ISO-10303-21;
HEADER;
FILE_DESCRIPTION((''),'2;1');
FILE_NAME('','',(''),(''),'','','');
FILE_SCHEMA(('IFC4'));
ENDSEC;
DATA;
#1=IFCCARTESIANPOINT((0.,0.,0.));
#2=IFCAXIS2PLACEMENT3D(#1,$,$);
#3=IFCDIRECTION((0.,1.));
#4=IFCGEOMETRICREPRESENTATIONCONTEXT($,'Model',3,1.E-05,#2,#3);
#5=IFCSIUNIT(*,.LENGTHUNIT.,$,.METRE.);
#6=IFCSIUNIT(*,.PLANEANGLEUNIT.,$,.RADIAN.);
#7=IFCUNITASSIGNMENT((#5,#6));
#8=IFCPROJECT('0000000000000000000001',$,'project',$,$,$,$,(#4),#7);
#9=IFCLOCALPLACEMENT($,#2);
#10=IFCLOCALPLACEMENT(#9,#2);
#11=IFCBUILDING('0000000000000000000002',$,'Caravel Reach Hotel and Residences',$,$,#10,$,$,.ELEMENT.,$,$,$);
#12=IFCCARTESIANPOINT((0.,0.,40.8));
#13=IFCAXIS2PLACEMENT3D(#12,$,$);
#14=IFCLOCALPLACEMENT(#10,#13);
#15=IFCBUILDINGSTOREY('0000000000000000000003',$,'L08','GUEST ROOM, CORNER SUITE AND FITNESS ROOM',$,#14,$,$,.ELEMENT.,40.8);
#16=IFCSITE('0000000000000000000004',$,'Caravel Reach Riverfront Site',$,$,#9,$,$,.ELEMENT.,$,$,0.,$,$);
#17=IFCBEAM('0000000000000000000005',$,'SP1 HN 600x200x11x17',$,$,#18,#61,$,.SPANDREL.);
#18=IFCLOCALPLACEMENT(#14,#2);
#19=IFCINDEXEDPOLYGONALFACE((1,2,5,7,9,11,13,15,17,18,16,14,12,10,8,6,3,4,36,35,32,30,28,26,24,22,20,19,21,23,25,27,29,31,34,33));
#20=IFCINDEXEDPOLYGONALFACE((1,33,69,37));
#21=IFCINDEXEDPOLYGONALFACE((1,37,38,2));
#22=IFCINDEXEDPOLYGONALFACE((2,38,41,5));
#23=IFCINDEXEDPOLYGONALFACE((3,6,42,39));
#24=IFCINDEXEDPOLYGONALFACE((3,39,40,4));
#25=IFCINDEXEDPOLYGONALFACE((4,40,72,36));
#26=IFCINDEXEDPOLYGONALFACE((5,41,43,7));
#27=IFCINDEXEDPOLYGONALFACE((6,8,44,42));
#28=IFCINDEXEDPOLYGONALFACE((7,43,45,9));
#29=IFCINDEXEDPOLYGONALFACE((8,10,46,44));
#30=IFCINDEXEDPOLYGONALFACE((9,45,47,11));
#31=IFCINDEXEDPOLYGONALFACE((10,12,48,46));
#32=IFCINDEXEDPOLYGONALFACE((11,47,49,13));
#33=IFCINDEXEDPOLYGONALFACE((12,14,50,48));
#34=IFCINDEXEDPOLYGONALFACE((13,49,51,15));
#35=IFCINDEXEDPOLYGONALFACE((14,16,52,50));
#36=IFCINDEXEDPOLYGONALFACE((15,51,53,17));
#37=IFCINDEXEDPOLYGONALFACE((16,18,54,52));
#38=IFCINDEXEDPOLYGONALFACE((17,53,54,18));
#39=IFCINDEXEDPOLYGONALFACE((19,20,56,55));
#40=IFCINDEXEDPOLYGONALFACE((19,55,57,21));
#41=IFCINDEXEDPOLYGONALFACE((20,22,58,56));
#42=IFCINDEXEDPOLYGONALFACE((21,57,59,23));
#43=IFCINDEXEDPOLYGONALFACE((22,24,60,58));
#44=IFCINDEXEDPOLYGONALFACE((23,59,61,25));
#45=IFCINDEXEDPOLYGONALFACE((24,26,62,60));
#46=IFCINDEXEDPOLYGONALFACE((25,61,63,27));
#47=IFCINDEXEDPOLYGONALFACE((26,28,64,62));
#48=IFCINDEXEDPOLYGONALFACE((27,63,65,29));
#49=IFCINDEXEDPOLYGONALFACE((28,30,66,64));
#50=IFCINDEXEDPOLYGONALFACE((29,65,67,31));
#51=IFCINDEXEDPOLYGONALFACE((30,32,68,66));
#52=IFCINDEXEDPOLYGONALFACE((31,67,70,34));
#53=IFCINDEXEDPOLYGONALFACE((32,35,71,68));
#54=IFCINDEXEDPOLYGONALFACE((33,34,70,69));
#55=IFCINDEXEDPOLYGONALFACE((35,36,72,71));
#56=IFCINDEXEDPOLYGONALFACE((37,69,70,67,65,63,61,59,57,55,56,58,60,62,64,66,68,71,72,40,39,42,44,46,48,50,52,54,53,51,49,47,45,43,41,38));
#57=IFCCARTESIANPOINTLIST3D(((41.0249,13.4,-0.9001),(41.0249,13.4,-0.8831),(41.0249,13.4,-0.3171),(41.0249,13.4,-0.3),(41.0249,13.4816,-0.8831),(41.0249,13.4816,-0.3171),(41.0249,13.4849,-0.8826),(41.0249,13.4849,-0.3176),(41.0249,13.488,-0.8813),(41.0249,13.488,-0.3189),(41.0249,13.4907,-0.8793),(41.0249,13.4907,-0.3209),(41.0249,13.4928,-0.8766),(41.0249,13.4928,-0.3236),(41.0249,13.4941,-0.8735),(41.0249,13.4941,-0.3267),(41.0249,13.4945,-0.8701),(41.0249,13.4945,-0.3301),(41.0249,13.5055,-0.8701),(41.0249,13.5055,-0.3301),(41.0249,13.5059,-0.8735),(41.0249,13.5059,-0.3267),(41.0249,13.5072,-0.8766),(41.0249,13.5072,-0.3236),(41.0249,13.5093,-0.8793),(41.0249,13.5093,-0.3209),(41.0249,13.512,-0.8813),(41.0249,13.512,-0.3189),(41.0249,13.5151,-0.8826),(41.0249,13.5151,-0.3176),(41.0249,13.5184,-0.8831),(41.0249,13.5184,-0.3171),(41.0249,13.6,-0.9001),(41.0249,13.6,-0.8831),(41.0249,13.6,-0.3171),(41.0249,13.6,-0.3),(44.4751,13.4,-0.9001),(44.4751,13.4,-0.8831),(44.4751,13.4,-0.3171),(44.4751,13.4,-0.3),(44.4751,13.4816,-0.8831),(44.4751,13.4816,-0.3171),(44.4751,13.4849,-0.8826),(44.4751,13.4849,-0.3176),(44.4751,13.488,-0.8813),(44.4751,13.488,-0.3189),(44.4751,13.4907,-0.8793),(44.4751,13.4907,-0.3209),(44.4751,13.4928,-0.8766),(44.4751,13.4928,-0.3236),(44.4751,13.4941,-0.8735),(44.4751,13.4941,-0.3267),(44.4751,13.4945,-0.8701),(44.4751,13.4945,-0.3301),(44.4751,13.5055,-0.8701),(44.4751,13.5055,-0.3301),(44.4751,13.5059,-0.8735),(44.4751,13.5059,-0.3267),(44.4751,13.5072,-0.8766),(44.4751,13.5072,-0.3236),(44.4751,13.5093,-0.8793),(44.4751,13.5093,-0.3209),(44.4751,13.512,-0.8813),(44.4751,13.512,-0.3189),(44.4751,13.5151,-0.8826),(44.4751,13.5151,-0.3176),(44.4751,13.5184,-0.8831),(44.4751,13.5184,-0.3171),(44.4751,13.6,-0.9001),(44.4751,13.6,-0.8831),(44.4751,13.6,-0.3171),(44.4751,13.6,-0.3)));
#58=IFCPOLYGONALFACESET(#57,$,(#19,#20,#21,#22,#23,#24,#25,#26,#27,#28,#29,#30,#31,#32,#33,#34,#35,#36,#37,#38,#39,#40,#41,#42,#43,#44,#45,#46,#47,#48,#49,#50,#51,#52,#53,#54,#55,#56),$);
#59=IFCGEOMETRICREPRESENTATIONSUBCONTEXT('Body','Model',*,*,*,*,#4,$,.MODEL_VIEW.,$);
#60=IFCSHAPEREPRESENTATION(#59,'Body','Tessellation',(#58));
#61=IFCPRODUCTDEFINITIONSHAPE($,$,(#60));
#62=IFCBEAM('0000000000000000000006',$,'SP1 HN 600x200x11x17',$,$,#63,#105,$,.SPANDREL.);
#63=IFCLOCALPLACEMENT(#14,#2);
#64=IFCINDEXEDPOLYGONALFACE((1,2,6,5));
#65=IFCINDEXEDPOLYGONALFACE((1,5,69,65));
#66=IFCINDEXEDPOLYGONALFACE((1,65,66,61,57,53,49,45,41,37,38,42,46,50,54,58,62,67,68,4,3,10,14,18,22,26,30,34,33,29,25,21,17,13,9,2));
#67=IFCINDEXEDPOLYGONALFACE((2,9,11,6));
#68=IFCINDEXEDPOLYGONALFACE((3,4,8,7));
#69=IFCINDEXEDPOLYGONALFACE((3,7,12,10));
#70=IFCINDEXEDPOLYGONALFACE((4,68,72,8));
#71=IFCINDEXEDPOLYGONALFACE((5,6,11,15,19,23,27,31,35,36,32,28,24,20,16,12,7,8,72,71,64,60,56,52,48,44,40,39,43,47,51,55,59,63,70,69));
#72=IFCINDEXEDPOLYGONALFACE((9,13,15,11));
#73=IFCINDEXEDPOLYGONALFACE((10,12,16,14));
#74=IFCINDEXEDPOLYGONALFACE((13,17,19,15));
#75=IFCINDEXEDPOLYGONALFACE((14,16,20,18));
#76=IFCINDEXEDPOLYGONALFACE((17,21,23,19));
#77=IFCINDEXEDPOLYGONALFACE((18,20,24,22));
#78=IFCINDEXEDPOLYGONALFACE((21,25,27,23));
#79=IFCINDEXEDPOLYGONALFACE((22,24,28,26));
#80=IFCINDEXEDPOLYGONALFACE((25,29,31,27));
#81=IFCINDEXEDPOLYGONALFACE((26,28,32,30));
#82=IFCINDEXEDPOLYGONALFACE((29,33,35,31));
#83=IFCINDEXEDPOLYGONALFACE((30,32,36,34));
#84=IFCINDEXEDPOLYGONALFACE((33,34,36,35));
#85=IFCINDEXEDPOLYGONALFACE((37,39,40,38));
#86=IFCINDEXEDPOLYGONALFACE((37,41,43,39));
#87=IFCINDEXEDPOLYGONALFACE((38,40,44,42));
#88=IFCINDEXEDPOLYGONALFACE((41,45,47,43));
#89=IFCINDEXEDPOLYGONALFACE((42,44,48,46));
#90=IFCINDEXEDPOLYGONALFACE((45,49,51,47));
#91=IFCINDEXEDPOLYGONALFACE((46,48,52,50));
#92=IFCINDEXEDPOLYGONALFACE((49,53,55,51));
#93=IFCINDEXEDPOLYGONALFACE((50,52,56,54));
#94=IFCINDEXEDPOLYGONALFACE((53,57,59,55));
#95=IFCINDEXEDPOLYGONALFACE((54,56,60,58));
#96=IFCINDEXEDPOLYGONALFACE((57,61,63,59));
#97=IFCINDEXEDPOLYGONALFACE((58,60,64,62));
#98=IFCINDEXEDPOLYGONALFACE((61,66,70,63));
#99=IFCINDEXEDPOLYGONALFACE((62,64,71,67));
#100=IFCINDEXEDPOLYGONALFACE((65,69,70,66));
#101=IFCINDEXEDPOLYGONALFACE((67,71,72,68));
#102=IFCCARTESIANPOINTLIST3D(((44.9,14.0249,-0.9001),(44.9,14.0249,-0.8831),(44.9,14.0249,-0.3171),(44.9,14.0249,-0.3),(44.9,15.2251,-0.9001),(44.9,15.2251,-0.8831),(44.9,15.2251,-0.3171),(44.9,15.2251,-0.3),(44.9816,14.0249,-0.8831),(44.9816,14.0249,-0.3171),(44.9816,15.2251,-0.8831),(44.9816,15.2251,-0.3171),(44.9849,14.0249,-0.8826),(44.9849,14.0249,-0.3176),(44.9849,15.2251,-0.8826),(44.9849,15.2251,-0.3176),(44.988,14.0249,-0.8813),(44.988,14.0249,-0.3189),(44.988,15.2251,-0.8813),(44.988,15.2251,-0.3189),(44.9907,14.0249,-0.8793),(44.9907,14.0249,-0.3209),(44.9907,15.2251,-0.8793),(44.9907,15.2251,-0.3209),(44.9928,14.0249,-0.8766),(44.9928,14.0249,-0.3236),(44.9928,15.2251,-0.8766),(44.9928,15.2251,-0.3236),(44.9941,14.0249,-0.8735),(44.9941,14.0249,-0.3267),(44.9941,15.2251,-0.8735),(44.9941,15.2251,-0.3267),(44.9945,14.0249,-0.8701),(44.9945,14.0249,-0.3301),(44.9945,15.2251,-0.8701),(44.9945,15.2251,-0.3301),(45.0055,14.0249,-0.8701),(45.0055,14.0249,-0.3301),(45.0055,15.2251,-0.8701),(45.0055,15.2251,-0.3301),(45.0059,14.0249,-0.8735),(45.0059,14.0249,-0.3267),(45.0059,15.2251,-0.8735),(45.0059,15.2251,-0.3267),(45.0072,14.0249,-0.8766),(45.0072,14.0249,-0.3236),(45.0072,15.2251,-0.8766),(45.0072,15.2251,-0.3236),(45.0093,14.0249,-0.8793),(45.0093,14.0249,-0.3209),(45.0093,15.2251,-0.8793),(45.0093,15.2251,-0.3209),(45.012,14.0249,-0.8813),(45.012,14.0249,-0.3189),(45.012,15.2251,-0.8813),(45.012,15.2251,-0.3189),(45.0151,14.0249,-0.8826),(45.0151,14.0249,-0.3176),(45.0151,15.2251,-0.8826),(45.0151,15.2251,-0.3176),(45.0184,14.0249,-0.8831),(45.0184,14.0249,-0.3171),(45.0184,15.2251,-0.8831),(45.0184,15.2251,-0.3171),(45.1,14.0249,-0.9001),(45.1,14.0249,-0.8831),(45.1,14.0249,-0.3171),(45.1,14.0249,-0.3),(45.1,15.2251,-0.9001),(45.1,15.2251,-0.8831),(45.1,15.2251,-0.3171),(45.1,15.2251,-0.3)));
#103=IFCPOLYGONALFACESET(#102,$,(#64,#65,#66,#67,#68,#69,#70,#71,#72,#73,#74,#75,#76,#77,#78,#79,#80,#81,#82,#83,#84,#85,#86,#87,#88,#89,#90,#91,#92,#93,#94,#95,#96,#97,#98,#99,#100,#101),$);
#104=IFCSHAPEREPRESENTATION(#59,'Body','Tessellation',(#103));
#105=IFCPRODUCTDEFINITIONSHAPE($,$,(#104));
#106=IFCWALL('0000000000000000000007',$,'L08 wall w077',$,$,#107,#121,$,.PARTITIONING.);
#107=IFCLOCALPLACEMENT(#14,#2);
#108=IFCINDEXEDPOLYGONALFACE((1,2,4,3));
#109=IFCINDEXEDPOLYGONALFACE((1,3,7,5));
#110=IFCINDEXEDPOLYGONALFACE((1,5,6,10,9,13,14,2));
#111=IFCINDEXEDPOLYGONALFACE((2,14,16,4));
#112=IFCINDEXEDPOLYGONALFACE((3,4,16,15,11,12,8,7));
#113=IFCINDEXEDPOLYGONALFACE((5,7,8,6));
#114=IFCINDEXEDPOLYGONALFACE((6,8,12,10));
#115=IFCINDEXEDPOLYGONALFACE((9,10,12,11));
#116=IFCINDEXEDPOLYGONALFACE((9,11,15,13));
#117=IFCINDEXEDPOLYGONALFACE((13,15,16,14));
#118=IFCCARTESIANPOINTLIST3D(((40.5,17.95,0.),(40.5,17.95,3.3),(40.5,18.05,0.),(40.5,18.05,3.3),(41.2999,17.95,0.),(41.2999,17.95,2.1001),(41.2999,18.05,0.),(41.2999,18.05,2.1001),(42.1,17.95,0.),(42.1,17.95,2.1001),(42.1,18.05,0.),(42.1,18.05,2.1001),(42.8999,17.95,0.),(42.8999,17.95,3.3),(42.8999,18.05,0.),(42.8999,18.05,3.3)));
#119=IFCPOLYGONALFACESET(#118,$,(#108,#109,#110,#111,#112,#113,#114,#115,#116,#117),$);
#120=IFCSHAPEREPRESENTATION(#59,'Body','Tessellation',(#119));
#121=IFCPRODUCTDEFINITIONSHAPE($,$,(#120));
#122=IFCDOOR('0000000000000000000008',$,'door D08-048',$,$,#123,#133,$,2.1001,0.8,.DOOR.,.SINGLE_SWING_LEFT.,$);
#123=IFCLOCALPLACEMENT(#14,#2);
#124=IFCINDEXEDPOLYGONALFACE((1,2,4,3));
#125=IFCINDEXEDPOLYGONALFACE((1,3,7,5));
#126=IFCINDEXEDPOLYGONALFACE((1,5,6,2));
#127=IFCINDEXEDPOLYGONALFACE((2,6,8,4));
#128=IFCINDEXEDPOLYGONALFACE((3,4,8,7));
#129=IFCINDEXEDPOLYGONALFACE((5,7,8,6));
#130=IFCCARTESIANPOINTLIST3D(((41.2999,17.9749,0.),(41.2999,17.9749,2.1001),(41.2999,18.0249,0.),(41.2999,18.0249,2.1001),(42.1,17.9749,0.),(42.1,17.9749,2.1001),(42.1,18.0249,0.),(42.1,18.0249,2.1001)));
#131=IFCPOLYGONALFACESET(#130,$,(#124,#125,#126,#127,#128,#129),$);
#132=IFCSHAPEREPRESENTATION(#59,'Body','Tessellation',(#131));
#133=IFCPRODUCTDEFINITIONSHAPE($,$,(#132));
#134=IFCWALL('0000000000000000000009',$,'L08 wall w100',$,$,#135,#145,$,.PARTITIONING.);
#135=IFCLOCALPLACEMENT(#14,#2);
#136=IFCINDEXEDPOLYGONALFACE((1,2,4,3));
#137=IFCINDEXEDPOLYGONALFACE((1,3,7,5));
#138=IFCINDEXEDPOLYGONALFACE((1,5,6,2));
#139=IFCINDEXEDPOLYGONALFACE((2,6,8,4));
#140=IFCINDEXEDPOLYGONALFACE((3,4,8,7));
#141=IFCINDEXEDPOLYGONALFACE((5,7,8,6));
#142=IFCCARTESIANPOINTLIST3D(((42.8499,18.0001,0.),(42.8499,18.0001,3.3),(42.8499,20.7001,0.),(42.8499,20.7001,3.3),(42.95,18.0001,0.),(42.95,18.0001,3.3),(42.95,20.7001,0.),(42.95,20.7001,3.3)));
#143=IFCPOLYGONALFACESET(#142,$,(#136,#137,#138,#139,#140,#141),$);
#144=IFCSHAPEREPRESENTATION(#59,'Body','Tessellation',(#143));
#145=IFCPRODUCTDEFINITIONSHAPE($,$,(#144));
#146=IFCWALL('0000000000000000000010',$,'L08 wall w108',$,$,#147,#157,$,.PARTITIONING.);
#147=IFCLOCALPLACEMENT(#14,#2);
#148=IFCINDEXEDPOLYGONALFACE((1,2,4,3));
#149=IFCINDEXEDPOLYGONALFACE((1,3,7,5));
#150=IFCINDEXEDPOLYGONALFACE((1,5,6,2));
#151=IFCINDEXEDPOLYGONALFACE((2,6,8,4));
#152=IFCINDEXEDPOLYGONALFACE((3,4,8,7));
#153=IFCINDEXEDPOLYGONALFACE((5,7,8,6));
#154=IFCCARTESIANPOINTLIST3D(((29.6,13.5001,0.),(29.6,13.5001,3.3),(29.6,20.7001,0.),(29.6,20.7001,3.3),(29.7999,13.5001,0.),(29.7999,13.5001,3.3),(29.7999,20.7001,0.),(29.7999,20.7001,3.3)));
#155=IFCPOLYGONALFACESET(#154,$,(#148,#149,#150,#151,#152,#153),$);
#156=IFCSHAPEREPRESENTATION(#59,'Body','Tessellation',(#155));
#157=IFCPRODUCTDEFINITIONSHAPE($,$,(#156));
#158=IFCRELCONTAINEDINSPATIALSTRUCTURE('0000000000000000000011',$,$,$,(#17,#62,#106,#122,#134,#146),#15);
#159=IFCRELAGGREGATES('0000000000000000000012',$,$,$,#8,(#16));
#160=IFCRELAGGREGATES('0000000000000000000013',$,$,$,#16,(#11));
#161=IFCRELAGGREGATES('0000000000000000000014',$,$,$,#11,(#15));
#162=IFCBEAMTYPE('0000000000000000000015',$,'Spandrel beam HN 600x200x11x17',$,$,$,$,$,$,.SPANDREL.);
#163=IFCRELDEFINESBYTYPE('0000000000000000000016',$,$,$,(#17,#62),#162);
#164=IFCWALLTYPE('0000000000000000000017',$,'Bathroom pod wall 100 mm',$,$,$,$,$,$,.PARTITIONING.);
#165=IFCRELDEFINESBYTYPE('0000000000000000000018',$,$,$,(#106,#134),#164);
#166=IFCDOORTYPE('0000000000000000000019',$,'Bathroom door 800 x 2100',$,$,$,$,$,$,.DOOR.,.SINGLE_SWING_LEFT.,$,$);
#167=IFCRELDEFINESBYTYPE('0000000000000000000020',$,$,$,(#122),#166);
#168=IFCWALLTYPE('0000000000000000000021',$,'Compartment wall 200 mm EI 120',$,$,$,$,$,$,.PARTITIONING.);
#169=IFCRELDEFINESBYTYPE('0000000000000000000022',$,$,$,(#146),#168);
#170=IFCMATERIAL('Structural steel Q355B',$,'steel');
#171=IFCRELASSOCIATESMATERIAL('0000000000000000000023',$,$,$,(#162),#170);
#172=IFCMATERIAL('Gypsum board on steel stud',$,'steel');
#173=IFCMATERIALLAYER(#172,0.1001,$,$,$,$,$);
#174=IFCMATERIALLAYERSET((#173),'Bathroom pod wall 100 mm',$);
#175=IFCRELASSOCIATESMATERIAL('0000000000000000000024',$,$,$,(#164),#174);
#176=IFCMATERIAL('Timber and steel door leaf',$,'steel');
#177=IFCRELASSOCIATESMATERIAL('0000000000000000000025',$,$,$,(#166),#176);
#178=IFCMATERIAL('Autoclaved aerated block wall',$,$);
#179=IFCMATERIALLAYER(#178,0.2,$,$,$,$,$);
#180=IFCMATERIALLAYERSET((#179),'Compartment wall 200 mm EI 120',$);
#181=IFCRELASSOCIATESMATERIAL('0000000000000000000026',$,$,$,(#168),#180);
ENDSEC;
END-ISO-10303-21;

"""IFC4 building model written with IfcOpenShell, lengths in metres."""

from ifc_helpers import new_model, si_unit, direction, frame, frame_2d, origin, origin_2d, place, context, subcontext, project, spatial, rectangle, i_section, extrude, material, layer, layer_set, material_profile, profile_set, type_object, element, fill, save


model = new_model("IFC4")

# Units and contexts
model_context = context("Model", 3, precision=1e-05, world=origin(), true_north=direction((0.0, 1.0)))
body_context = subcontext(model_context, "Body", "Model", "MODEL_VIEW")
ifc_project = project(units=[si_unit("LENGTHUNIT", "METRE"), si_unit("PLANEANGLEUNIT", "RADIAN")], contexts=[model_context])

# Site, building, storey
site_placement = place(None, origin())
site = spatial("IfcSite", under=ifc_project, at=site_placement, Name="Caravel Reach Riverfront Site", CompositionType="ELEMENT", RefElevation=0.0)
building_placement = place(site_placement, origin())
building = spatial("IfcBuilding", under=site, at=building_placement, Name="Caravel Reach Hotel and Residences", CompositionType="ELEMENT")
storey_placement = place(building_placement, frame((0.0, 0.0, 40.8)))
storey = spatial("IfcBuildingStorey", under=building, at=storey_placement, Name="L08", Description="GUEST ROOM, CORNER SUITE AND FITNESS ROOM", CompositionType="ELEMENT", Elevation=40.8)

# Beams
ifc_material_1 = material(Name="Structural steel Q355B", Category="steel")
ifc_material_profile_1 = material_profile(ifc_material_1, i_section(OverallWidth=0.2, OverallDepth=0.6001, WebThickness=0.011, FlangeThickness=0.0171, FilletRadius=0.0129, at=origin_2d()), Name="HN 600x200x11x17")
ifc_profile_set_1 = profile_set([ifc_material_profile_1], Name="Structural steel Q355B")
beam_type_1 = type_object("IfcBeamType", Name="Spandrel beam HN 600x200x11x17", PredefinedType="SPANDREL", material=ifc_profile_set_1)
beam_1_placement = place(storey_placement, frame((41.0249, 13.5, -0.6001), z_axis=(1.0, 0.0, 0.0), x_axis=(0.0, 1.0, 0.0)))
element("IfcBeam", 1, at=beam_1_placement, inside=storey, type_object=beam_type_1, Name="SP1 HN 600x200x11x17", PredefinedType="SPANDREL", context=body_context, shape_type="SweptSolid", body=[
    extrude(i_section(OverallWidth=0.2, OverallDepth=0.6001, WebThickness=0.011, FlangeThickness=0.0171, FilletRadius=0.0129, at=origin_2d()), origin(), (0.0, 0.0, 1.0), 3.4502),
])
beam_2_placement = place(storey_placement, frame((45.0, 14.0249, -0.6001), z_axis=(0.0, 1.0, 0.0), x_axis=(-1.0, 0.0, 0.0)))
element("IfcBeam", 2, at=beam_2_placement, inside=storey, type_object=beam_type_1, Name="SP1 HN 600x200x11x17", PredefinedType="SPANDREL", context=body_context, shape_type="SweptSolid", body=[
    extrude(i_section(OverallWidth=0.2, OverallDepth=0.6001, WebThickness=0.011, FlangeThickness=0.0171, FilletRadius=0.0129, at=origin_2d()), origin(), (0.0, 0.0, 1.0), 1.2002),
])

# Wall, opening, door
ifc_material_2 = material(Name="Gypsum board on steel stud", Category="steel")
ifc_layer_1 = layer(ifc_material_2, 0.1001)
ifc_layer_set_1 = layer_set([ifc_layer_1], Name="Bathroom pod wall 100 mm")
wall_type_1 = type_object("IfcWallType", Name="Bathroom pod wall 100 mm", PredefinedType="PARTITIONING", material=ifc_layer_set_1)
wall_1_placement = place(storey_placement, frame((40.5, 18.0, 0.0), z_axis=(0.0, 0.0, 1.0), x_axis=(1.0, 0.0, 0.0)))
wall_1 = element("IfcWall", 3, at=wall_1_placement, inside=storey, type_object=wall_type_1, Name="L08 wall w077", PredefinedType="PARTITIONING", context=body_context, shape_type="SweptSolid", body=[
    extrude(rectangle(XDim=2.3999, YDim=0.1001, at=frame_2d((1.2, 0.0))), origin(), (0.0, 0.0, 1.0), 3.3),
])
opening_1_placement = place(wall_1_placement, frame((0.8, 0.0, 0.0)))
opening_1 = element("IfcOpeningElement", 4, at=opening_1_placement, cuts=wall_1, PredefinedType="OPENING", context=body_context, shape_type="SweptSolid", body=[
    extrude(rectangle(XDim=0.8, YDim=2.1001, at=frame_2d((0.3999, 1.05))), frame((0.0, 0.0601, 0.0), z_axis=(0.0, -1.0, 0.0), x_axis=(1.0, 0.0, 0.0)), (0.0, 0.0, 1.0), 0.1201),
])
ifc_material_3 = material(Name="Timber and steel door leaf", Category="steel")
door_type_1 = type_object("IfcDoorType", Name="Bathroom door 800 x 2100", OperationType="SINGLE_SWING_LEFT", PredefinedType="DOOR", material=ifc_material_3)
door_1_placement = place(opening_1_placement, origin())
door_1 = element("IfcDoor", 5, at=door_1_placement, inside=storey, type_object=door_type_1, Name="door D08-048", OperationType="SINGLE_SWING_LEFT", OverallHeight=2.1001, OverallWidth=0.8, PredefinedType="DOOR", context=body_context, shape_type="SweptSolid", body=[
    extrude(rectangle(XDim=0.8, YDim=2.1001, at=frame_2d((0.3999, 1.05))), frame((0.0, 0.0249, 0.0), z_axis=(0.0, -1.0, 0.0), x_axis=(1.0, 0.0, 0.0)), (0.0, 0.0, 1.0), 0.05),
])
fill(opening_1, door_1)

# Walls
wall_2_placement = place(storey_placement, frame((42.8999, 18.0, 0.0), z_axis=(0.0, 0.0, 1.0), x_axis=(0.0, 1.0, 0.0)))
element("IfcWall", 6, at=wall_2_placement, inside=storey, type_object=wall_type_1, Name="L08 wall w100", PredefinedType="PARTITIONING", context=body_context, shape_type="SweptSolid", body=[
    extrude(rectangle(XDim=2.7, YDim=0.1001, at=frame_2d((1.3501, 0.0))), origin(), (0.0, 0.0, 1.0), 3.3),
])
ifc_material_4 = material(Name="Autoclaved aerated block wall")
ifc_layer_2 = layer(ifc_material_4, 0.2)
ifc_layer_set_2 = layer_set([ifc_layer_2], Name="Compartment wall 200 mm EI 120")
wall_type_2 = type_object("IfcWallType", Name="Compartment wall 200 mm EI 120", PredefinedType="PARTITIONING", material=ifc_layer_set_2)
wall_3_placement = place(storey_placement, frame((29.7, 13.5, 0.0), z_axis=(0.0, 0.0, 1.0), x_axis=(0.0, 1.0, 0.0)))
element("IfcWall", 7, at=wall_3_placement, inside=storey, type_object=wall_type_2, Name="L08 wall w108", PredefinedType="PARTITIONING", context=body_context, shape_type="SweptSolid", body=[
    extrude(rectangle(XDim=7.2, YDim=0.2, at=frame_2d((3.6001, 0.0))), origin(), (0.0, 0.0, 1.0), 3.3),
])

save(model, "model.ifc")
